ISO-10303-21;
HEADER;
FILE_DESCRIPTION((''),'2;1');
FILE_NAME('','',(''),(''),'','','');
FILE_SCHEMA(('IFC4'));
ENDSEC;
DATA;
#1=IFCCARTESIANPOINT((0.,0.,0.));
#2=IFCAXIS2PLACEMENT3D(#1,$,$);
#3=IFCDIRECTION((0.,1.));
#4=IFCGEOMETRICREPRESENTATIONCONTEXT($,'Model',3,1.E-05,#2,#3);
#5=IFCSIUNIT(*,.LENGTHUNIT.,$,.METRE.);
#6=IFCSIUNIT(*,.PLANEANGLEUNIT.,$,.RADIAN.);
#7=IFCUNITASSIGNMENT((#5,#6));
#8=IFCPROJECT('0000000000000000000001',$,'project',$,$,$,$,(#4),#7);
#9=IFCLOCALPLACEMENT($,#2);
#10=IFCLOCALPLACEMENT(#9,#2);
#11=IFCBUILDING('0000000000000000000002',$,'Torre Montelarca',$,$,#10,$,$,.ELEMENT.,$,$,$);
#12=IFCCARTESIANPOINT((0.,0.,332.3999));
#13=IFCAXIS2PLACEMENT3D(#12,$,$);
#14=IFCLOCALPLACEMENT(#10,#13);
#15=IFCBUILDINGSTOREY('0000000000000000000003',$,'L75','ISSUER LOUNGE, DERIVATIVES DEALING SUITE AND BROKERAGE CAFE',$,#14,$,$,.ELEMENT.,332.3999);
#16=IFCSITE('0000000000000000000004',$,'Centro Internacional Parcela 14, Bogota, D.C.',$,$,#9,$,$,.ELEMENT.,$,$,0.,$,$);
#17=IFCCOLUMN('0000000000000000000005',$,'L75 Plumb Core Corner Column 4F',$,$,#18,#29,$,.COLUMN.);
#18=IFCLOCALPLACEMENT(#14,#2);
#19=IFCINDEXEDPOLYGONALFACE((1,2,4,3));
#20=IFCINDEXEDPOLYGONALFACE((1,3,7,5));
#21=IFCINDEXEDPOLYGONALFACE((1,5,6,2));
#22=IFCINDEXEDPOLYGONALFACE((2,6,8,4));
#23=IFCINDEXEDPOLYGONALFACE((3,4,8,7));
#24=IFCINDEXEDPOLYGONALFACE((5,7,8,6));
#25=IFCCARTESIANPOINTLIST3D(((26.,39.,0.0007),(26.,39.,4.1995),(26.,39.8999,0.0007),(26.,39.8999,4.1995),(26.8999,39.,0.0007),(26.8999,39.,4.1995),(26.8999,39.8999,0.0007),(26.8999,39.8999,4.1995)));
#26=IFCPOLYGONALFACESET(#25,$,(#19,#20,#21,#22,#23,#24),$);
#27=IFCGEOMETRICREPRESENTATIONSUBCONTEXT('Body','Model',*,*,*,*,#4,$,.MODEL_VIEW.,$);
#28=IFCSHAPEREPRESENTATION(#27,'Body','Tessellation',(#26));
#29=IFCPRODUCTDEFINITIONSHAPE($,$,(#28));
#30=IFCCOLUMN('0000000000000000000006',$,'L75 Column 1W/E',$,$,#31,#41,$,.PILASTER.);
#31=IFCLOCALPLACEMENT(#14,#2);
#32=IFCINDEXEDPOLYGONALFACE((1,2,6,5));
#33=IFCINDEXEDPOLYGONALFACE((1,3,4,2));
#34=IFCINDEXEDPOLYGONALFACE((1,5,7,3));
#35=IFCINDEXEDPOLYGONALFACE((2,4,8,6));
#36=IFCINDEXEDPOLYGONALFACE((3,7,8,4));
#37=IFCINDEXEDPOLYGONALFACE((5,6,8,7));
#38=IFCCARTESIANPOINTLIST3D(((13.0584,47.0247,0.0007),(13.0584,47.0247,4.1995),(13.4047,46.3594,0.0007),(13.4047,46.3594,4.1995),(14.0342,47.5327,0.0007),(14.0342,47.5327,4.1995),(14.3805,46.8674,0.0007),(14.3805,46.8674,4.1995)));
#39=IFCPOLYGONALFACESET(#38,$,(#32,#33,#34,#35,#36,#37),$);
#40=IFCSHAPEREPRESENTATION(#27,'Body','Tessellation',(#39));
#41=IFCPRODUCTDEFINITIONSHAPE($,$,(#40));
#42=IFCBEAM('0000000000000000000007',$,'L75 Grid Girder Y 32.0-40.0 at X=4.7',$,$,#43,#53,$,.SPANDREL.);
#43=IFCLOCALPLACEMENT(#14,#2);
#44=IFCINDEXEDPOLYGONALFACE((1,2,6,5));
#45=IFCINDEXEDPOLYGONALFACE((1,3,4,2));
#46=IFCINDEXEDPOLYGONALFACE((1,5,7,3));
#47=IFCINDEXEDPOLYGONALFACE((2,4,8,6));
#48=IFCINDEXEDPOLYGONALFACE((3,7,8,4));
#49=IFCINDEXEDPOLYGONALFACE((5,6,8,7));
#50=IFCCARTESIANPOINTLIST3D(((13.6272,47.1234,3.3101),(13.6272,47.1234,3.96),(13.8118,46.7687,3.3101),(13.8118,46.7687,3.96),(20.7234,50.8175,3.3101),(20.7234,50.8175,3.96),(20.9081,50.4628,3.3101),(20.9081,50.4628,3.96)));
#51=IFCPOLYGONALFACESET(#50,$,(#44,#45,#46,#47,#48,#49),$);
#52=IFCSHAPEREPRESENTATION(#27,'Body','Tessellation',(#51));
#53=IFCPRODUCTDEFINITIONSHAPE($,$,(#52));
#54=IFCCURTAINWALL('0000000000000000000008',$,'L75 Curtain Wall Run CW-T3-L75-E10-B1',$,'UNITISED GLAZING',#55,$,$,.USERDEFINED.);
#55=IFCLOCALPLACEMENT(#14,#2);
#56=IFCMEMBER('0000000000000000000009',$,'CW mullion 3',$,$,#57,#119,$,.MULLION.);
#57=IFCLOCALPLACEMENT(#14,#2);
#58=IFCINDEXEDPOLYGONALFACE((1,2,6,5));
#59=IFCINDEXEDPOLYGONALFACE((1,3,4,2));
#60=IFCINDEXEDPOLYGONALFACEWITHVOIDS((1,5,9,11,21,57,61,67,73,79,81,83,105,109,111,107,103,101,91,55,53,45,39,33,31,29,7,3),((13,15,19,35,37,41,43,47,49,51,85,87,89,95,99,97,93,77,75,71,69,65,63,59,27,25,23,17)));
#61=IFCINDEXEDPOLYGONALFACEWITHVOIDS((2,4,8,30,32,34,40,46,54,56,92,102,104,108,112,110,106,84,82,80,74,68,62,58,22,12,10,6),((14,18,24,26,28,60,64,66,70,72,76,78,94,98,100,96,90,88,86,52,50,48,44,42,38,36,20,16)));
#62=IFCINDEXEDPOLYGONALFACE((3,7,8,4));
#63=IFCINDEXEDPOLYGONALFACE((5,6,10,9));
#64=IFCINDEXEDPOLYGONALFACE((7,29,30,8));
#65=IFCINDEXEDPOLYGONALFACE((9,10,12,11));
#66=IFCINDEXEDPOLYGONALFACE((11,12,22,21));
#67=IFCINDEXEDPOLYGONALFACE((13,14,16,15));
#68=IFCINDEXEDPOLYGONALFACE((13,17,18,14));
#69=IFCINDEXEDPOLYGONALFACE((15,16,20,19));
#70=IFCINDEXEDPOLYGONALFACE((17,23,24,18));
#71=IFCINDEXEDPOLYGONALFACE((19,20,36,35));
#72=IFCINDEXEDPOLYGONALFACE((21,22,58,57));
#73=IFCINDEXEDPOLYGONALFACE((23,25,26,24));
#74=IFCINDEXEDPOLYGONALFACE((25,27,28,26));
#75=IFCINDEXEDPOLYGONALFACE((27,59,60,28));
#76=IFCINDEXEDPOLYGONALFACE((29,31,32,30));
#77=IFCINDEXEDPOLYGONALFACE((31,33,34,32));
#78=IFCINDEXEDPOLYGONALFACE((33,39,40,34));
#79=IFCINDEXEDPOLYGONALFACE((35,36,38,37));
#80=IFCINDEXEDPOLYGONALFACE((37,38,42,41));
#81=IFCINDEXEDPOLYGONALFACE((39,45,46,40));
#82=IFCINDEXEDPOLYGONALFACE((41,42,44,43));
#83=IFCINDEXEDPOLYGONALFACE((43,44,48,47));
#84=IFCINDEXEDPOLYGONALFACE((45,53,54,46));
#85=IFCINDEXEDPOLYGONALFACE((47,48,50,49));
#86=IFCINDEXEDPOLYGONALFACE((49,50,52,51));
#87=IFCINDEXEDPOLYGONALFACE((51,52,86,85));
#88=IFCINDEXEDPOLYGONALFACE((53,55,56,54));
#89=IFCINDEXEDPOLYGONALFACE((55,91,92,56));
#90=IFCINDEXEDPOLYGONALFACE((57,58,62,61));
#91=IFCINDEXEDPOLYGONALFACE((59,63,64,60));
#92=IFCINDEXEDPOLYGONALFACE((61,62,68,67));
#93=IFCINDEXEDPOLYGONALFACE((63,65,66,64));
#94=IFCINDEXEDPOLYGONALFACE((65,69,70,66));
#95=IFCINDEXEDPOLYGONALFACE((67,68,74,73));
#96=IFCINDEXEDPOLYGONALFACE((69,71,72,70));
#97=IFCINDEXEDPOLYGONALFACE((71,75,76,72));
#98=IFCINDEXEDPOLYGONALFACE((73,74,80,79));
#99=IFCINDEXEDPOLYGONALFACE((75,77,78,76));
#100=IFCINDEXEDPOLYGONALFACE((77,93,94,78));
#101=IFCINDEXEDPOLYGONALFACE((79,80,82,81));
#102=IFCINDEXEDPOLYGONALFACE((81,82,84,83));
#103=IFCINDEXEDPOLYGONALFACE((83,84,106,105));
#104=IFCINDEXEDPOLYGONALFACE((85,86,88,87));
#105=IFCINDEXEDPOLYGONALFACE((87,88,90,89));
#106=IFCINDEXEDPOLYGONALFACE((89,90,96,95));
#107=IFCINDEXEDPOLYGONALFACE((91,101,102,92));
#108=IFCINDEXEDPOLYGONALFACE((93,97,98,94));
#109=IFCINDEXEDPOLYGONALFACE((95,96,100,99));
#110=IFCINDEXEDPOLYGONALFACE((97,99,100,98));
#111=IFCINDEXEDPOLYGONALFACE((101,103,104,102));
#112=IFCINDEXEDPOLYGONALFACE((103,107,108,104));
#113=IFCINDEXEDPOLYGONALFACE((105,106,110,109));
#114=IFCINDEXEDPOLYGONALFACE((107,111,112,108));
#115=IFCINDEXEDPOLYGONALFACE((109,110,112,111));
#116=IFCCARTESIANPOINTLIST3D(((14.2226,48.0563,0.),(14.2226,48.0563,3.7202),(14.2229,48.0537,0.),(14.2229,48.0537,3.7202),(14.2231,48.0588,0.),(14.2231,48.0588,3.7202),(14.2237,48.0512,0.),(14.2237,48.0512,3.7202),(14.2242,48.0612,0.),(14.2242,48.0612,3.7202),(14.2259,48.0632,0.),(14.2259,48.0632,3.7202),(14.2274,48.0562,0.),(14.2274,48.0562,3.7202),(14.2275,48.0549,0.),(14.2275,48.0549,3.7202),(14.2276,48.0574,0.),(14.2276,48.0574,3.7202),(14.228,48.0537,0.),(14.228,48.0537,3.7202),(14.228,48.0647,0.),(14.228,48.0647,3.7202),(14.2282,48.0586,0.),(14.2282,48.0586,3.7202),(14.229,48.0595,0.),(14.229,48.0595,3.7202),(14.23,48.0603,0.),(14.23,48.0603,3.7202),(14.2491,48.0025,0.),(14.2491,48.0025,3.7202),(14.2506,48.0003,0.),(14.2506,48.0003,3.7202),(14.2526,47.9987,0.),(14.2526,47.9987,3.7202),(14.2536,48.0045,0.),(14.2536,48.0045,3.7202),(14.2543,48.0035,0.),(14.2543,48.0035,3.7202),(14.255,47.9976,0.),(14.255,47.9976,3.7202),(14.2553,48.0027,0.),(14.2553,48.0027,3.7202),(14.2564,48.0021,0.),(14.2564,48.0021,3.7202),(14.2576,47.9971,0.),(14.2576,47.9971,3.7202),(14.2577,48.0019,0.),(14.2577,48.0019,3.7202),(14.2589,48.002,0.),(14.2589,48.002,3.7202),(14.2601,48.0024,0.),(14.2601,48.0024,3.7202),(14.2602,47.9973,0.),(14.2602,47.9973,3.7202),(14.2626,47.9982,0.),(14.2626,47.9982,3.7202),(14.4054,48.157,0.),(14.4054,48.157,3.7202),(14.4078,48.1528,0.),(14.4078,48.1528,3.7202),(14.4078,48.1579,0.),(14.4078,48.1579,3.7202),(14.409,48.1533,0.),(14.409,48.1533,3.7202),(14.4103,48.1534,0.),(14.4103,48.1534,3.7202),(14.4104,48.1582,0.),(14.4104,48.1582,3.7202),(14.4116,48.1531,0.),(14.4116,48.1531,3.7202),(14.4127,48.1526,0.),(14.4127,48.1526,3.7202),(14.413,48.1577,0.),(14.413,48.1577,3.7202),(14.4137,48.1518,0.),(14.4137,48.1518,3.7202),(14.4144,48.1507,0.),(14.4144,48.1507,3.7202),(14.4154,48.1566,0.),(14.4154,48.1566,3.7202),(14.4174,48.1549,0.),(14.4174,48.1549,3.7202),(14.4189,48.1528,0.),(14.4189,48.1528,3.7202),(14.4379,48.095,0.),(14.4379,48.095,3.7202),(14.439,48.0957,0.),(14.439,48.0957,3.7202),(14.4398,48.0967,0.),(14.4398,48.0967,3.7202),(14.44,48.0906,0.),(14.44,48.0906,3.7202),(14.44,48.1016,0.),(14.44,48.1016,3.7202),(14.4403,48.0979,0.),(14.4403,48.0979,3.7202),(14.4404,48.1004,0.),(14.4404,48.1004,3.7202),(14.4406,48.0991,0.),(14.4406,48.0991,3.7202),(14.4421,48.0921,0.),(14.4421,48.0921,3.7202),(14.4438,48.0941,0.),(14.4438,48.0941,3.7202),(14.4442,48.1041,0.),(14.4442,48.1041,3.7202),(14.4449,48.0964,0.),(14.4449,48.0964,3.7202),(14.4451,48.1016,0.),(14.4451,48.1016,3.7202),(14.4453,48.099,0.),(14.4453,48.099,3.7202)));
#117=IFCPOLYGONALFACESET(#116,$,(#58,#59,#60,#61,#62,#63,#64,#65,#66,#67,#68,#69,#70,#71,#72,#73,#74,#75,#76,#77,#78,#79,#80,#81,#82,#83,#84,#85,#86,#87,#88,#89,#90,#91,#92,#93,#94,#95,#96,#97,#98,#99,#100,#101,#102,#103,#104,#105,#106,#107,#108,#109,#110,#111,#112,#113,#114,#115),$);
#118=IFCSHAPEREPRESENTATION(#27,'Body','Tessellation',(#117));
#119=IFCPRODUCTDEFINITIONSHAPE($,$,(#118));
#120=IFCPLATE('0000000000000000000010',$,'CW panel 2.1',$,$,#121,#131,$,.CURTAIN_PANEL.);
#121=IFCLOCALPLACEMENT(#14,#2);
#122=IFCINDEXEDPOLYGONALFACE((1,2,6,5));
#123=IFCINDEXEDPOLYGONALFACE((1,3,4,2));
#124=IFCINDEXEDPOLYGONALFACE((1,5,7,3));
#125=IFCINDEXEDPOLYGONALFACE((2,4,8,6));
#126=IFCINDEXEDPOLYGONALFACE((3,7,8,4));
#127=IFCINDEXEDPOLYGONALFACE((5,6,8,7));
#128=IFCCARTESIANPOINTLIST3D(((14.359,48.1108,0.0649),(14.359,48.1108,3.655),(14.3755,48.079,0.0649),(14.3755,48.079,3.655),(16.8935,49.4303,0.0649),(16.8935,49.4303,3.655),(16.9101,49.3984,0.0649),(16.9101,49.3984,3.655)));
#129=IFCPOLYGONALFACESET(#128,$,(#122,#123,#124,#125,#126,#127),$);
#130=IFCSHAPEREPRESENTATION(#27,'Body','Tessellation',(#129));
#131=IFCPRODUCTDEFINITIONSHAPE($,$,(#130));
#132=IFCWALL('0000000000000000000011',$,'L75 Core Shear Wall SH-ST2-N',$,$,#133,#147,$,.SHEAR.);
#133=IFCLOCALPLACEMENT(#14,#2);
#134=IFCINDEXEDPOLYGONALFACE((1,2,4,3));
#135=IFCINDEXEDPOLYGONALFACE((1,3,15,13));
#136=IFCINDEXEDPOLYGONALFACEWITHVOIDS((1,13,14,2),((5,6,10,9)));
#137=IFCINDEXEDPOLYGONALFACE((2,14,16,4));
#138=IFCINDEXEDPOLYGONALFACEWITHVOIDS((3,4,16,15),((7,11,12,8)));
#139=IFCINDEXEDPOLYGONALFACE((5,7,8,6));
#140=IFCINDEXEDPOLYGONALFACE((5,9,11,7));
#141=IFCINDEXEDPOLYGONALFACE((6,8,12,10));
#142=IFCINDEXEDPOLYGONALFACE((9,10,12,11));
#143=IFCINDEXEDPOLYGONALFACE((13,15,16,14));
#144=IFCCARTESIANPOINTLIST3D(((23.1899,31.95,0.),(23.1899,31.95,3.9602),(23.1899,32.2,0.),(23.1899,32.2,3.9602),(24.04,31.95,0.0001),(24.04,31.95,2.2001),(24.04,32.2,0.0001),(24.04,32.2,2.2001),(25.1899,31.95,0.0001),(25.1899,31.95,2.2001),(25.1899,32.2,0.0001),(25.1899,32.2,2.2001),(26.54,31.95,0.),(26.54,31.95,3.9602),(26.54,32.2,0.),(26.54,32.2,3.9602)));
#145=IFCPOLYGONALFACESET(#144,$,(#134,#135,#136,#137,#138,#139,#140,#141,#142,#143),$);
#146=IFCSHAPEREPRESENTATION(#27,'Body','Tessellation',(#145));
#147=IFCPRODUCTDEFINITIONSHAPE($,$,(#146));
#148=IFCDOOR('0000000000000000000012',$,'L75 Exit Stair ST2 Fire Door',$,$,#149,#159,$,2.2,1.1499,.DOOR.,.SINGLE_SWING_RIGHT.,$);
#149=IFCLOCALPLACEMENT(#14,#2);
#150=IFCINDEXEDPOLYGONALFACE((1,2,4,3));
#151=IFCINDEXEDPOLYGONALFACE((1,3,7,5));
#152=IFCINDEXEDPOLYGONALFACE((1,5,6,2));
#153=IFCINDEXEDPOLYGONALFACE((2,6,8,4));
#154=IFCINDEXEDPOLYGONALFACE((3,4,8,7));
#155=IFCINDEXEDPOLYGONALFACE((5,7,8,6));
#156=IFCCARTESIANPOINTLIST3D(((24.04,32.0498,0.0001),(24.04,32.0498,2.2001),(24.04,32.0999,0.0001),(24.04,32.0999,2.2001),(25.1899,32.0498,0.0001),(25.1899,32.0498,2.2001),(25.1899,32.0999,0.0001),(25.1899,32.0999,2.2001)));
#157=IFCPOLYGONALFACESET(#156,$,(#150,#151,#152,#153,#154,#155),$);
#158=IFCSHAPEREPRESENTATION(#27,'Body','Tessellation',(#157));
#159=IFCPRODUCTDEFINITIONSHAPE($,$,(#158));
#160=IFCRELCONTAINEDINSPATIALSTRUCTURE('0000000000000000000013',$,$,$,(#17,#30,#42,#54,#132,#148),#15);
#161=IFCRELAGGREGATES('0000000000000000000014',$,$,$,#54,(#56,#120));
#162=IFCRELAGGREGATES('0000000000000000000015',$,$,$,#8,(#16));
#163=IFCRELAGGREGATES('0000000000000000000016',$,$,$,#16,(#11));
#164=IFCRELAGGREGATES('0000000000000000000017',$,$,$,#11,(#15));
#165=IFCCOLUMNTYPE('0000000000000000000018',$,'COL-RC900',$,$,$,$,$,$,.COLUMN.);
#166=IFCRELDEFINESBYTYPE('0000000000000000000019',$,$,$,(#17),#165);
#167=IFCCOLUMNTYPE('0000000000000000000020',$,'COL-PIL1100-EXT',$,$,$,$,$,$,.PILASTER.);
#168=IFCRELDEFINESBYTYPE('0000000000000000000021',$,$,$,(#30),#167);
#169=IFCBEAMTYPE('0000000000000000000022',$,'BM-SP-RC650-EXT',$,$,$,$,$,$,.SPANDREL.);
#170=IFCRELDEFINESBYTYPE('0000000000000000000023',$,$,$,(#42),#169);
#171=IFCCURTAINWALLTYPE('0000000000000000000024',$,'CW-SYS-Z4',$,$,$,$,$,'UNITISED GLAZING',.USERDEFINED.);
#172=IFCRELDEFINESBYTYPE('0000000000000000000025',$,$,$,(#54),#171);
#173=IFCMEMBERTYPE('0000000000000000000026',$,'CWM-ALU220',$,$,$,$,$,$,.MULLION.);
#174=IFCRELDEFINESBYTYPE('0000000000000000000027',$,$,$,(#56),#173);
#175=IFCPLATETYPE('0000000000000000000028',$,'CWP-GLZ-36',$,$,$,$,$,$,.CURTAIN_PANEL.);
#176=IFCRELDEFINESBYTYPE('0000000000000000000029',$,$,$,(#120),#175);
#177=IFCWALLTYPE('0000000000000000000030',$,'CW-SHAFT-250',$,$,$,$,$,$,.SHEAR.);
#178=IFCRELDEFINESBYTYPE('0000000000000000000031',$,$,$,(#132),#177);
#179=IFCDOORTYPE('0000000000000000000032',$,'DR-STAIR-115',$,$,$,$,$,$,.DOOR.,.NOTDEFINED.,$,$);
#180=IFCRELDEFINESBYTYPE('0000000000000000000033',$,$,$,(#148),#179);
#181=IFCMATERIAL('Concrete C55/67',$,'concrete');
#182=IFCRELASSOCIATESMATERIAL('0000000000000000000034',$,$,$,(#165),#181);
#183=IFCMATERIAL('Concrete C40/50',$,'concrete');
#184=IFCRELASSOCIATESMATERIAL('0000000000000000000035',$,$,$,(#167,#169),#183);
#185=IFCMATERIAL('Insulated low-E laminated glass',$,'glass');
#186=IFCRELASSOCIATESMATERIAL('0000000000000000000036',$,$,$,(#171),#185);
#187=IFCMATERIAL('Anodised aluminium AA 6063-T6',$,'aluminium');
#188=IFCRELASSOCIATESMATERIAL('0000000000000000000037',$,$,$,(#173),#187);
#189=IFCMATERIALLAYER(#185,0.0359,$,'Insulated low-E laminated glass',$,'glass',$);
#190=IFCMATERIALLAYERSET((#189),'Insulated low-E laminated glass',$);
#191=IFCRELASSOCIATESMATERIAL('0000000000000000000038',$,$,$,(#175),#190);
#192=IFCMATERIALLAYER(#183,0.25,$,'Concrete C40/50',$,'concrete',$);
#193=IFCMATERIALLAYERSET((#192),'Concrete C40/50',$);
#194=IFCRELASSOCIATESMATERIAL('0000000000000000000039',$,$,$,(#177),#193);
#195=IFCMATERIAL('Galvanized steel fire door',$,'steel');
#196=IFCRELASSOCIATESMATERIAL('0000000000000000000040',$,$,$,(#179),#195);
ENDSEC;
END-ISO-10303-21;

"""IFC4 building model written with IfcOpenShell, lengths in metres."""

from ifc_helpers import new_model, si_unit, direction, frame, frame_2d, origin, origin_2d, place, context, subcontext, project, spatial, rectangle, hollow_rectangle, extrude, source, transform, mapped, material, layer, layer_set, material_profile, profile_set, type_object, element, fill, aggregate, save


model = new_model("IFC4")

# Units and contexts
model_context = context("Model", 3, precision=1e-05, world=origin(), true_north=direction((0.0, 1.0)))
body_context = subcontext(model_context, "Body", "Model", "MODEL_VIEW")
ifc_project = project(units=[si_unit("LENGTHUNIT", "METRE"), si_unit("PLANEANGLEUNIT", "RADIAN")], contexts=[model_context])

# Site, building, storey
site_placement = place(None, origin())
site = spatial("IfcSite", under=ifc_project, at=site_placement, Name="Centro Internacional Parcela 14, Bogota, D.C.", CompositionType="ELEMENT", RefElevation=0.0)
building_placement = place(site_placement, origin())
building = spatial("IfcBuilding", under=site, at=building_placement, Name="Torre Montelarca", CompositionType="ELEMENT")
storey_placement = place(building_placement, frame((0.0, 0.0, 332.3999)))
storey = spatial("IfcBuildingStorey", under=building, at=storey_placement, Name="L75", Description="ISSUER LOUNGE, DERIVATIVES DEALING SUITE AND BROKERAGE CAFE", CompositionType="ELEMENT", Elevation=332.3999)

# Columns
ifc_material_1 = material(Name="Concrete C55/67", Category="concrete")
ifc_material_profile_1 = material_profile(ifc_material_1, rectangle(XDim=0.8999, YDim=0.8999, at=origin_2d()), Name="RC900X900", Category="concrete")
ifc_profile_set_1 = profile_set([ifc_material_profile_1], Name="Concrete C55/67")
column_type_1 = type_object("IfcColumnType", Name="COL-RC900", PredefinedType="COLUMN", material=ifc_profile_set_1)
shared_shape_1 = source(origin(), body_context, "Body", "SweptSolid", [
    extrude(rectangle(XDim=0.8999, YDim=0.8999, at=origin_2d()), origin(), (0.0, 0.0, 1.0), 4.1987),
])
column_1_placement = place(storey_placement, frame((26.45, 39.45, 0.0007), z_axis=(0.0, 0.0, 1.0), x_axis=(1.0, 0.0, 0.0)))
element("IfcColumn", 1, at=column_1_placement, inside=storey, type_object=column_type_1, Name="L75 Plumb Core Corner Column 4F", PredefinedType="COLUMN", context=body_context, shape_type="MappedRepresentation", body=[
    mapped(shared_shape_1, transform((0.0, 0.0, 0.0), scale=1.0)),
])
ifc_material_2 = material(Name="Concrete C40/50", Category="concrete")
ifc_material_profile_2 = material_profile(ifc_material_2, rectangle(XDim=0.75, YDim=1.1001, at=origin_2d()), Name="RC1100X750", Category="concrete")
ifc_profile_set_2 = profile_set([ifc_material_profile_2], Name="Concrete C40/50")
column_type_2 = type_object("IfcColumnType", Name="COL-PIL1100-EXT", PredefinedType="PILASTER", material=ifc_profile_set_2)
shared_shape_2 = source(origin(), body_context, "Body", "SweptSolid", [
    extrude(rectangle(XDim=0.75, YDim=1.1001, at=origin_2d()), origin(), (0.0, 0.0, 1.0), 4.1987),
])
column_2_placement = place(storey_placement, frame((13.7195, 46.946, 0.0007), z_axis=(0.0, 0.0, 1.0), x_axis=(-0.461749, 0.887011, 0.0)))
element("IfcColumn", 2, at=column_2_placement, inside=storey, type_object=column_type_2, Name="L75 Column 1W/E", PredefinedType="PILASTER", context=body_context, shape_type="MappedRepresentation", body=[
    mapped(shared_shape_2, transform((0.0, 0.0, 0.0), scale=1.0)),
])

# Beam
ifc_material_profile_3 = material_profile(ifc_material_2, rectangle(XDim=0.3999, YDim=0.6499, at=origin_2d()), Name="RCB400X650", Category="concrete")
ifc_profile_set_3 = profile_set([ifc_material_profile_3], Name="Concrete C40/50")
beam_type = type_object("IfcBeamType", Name="BM-SP-RC650-EXT", PredefinedType="SPANDREL", material=ifc_profile_set_3)
shared_shape_3 = source(origin(), body_context, "Body", "SweptSolid", [
    extrude(rectangle(XDim=0.3999, YDim=0.6499, at=origin_2d()), origin(), (0.0, 0.0, 1.0), 8.0002),
])
beam_placement = place(storey_placement, frame((13.7195, 46.946, 3.635), z_axis=(0.887008, 0.461753, 0.0), x_axis=(-0.461753, 0.887008, 0.0)))
element("IfcBeam", 3, at=beam_placement, inside=storey, type_object=beam_type, Name="L75 Grid Girder Y 32.0-40.0 at X=4.7", PredefinedType="SPANDREL", context=body_context, shape_type="MappedRepresentation", body=[
    mapped(shared_shape_3, transform((0.0, 0.0, 0.0), scale=1.0)),
])

# Curtain wall, member, plate
ifc_material_3 = material(Name="Insulated low-E laminated glass", Category="glass")
curtain_wall_type = type_object("IfcCurtainWallType", Name="CW-SYS-Z4", ElementType="UNITISED GLAZING", PredefinedType="USERDEFINED", material=ifc_material_3)
curtain_wall_placement = place(storey_placement, origin())
curtain_wall = element("IfcCurtainWall", 4, at=curtain_wall_placement, inside=storey, type_object=curtain_wall_type, Name="L75 Curtain Wall Run CW-T3-L75-E10-B1", ObjectType="UNITISED GLAZING", PredefinedType="USERDEFINED")
ifc_material_4 = material(Name="Anodised aluminium AA 6063-T6", Category="aluminium")
ifc_material_profile_4 = material_profile(ifc_material_4, hollow_rectangle(XDim=0.075, YDim=0.22, WallThickness=0.0049, InnerFilletRadius=0.0049, OuterFilletRadius=0.01, at=origin_2d()), Name="ALU75X220X5", Category="aluminium")
ifc_profile_set_4 = profile_set([ifc_material_profile_4], Name="Anodised aluminium AA 6063-T6")
member_type = type_object("IfcMemberType", Name="CWM-ALU220", PredefinedType="MULLION", material=ifc_profile_set_4)
shared_shape_4 = source(origin(), body_context, "Body", "SweptSolid", [
    extrude(hollow_rectangle(XDim=0.075, YDim=0.22, WallThickness=0.0049, InnerFilletRadius=0.0049, OuterFilletRadius=0.01, at=origin_2d()), origin(), (0.0, 0.0, 1.0), 3.7202),
])
member_placement = place(storey_placement, frame((14.334, 48.0776, 0.0), z_axis=(0.0, 0.0, 1.0), x_axis=(0.461753, -0.887008, 0.0)))
member = element("IfcMember", 5, at=member_placement, type_object=member_type, Name="CW mullion 3", PredefinedType="MULLION", context=body_context, shape_type="MappedRepresentation", body=[
    mapped(shared_shape_4, transform((0.0, 0.0, 0.0), scale=1.0)),
])
ifc_layer_1 = layer(ifc_material_3, 0.0359, Name="Insulated low-E laminated glass", Category="glass")
ifc_layer_set_1 = layer_set([ifc_layer_1], Name="Insulated low-E laminated glass")
plate_type = type_object("IfcPlateType", Name="CWP-GLZ-36", PredefinedType="CURTAIN_PANEL", material=ifc_layer_set_1)
shared_shape_5 = source(origin(), body_context, "Body", "SweptSolid", [
    extrude(rectangle(XDim=2.8574, YDim=0.0359, at=origin_2d()), origin(), (0.0, 0.0, 1.0), 3.5901),
])
plate_placement = place(storey_placement, frame((15.6345, 48.7546, 0.0649), z_axis=(0.0, 0.0, 1.0), x_axis=(-0.887008, -0.461753, 0.0)))
plate = element("IfcPlate", 6, at=plate_placement, type_object=plate_type, Name="CW panel 2.1", PredefinedType="CURTAIN_PANEL", context=body_context, shape_type="MappedRepresentation", body=[
    mapped(shared_shape_5, transform((0.0, 0.0, 0.0), scale=1.0)),
])
aggregate(curtain_wall, [member, plate])

# Wall, opening, door
ifc_layer_2 = layer(ifc_material_2, 0.25, Name="Concrete C40/50", Category="concrete")
ifc_layer_set_2 = layer_set([ifc_layer_2], Name="Concrete C40/50")
wall_type_1 = type_object("IfcWallType", Name="CW-SHAFT-250", PredefinedType="SHEAR", material=ifc_layer_set_2)
wall_1_placement = place(storey_placement, frame((23.1899, 32.075, 0.0), z_axis=(0.0, 0.0, 1.0), x_axis=(1.0, 0.0, 0.0)))
wall_1 = element("IfcWall", 7, at=wall_1_placement, inside=storey, type_object=wall_type_1, Name="L75 Core Shear Wall SH-ST2-N", PredefinedType="SHEAR", context=body_context, shape_type="SweptSolid", body=[
    extrude(rectangle(XDim=3.3501, YDim=0.25, at=frame_2d((1.675, 0.0))), origin(), (0.0, 0.0, 1.0), 3.9602),
])
opening_1_placement = place(wall_1_placement, frame((0.8501, 0.0, 0.0)))
opening_1 = element("IfcOpeningElement", 8, at=opening_1_placement, cuts=wall_1, PredefinedType="OPENING", context=body_context, shape_type="SweptSolid", body=[
    extrude(rectangle(XDim=1.1499, YDim=2.2, at=frame_2d((0.575, 1.1001))), frame((0.0, 0.135, 0.0), z_axis=(0.0, -1.0, 0.0), x_axis=(1.0, 0.0, 0.0)), (0.0, 0.0, 1.0), 0.27),
])
ifc_material_5 = material(Name="Galvanized steel fire door", Category="steel")
door_type_1 = type_object("IfcDoorType", Name="DR-STAIR-115", OperationType="NOTDEFINED", PredefinedType="DOOR", material=ifc_material_5)
shared_shape_6 = source(origin(), body_context, "Body", "SweptSolid", [
    extrude(rectangle(XDim=1.1499, YDim=2.2, at=frame_2d((0.575, 1.1001))), frame((0.0, 0.0249, 0.0), z_axis=(0.0, -1.0, 0.0), x_axis=(1.0, 0.0, 0.0)), (0.0, 0.0, 1.0), 0.05),
])
door_1_placement = place(opening_1_placement, origin())
door_1 = element("IfcDoor", 9, at=door_1_placement, inside=storey, type_object=door_type_1, Name="L75 Exit Stair ST2 Fire Door", OperationType="SINGLE_SWING_RIGHT", OverallHeight=2.2, OverallWidth=1.1499, PredefinedType="DOOR", context=body_context, shape_type="MappedRepresentation", body=[
    mapped(shared_shape_6, transform((0.0, 0.0, 0.0), scale=1.0)),
])
fill(opening_1, door_1)

save(model, "model.ifc")
